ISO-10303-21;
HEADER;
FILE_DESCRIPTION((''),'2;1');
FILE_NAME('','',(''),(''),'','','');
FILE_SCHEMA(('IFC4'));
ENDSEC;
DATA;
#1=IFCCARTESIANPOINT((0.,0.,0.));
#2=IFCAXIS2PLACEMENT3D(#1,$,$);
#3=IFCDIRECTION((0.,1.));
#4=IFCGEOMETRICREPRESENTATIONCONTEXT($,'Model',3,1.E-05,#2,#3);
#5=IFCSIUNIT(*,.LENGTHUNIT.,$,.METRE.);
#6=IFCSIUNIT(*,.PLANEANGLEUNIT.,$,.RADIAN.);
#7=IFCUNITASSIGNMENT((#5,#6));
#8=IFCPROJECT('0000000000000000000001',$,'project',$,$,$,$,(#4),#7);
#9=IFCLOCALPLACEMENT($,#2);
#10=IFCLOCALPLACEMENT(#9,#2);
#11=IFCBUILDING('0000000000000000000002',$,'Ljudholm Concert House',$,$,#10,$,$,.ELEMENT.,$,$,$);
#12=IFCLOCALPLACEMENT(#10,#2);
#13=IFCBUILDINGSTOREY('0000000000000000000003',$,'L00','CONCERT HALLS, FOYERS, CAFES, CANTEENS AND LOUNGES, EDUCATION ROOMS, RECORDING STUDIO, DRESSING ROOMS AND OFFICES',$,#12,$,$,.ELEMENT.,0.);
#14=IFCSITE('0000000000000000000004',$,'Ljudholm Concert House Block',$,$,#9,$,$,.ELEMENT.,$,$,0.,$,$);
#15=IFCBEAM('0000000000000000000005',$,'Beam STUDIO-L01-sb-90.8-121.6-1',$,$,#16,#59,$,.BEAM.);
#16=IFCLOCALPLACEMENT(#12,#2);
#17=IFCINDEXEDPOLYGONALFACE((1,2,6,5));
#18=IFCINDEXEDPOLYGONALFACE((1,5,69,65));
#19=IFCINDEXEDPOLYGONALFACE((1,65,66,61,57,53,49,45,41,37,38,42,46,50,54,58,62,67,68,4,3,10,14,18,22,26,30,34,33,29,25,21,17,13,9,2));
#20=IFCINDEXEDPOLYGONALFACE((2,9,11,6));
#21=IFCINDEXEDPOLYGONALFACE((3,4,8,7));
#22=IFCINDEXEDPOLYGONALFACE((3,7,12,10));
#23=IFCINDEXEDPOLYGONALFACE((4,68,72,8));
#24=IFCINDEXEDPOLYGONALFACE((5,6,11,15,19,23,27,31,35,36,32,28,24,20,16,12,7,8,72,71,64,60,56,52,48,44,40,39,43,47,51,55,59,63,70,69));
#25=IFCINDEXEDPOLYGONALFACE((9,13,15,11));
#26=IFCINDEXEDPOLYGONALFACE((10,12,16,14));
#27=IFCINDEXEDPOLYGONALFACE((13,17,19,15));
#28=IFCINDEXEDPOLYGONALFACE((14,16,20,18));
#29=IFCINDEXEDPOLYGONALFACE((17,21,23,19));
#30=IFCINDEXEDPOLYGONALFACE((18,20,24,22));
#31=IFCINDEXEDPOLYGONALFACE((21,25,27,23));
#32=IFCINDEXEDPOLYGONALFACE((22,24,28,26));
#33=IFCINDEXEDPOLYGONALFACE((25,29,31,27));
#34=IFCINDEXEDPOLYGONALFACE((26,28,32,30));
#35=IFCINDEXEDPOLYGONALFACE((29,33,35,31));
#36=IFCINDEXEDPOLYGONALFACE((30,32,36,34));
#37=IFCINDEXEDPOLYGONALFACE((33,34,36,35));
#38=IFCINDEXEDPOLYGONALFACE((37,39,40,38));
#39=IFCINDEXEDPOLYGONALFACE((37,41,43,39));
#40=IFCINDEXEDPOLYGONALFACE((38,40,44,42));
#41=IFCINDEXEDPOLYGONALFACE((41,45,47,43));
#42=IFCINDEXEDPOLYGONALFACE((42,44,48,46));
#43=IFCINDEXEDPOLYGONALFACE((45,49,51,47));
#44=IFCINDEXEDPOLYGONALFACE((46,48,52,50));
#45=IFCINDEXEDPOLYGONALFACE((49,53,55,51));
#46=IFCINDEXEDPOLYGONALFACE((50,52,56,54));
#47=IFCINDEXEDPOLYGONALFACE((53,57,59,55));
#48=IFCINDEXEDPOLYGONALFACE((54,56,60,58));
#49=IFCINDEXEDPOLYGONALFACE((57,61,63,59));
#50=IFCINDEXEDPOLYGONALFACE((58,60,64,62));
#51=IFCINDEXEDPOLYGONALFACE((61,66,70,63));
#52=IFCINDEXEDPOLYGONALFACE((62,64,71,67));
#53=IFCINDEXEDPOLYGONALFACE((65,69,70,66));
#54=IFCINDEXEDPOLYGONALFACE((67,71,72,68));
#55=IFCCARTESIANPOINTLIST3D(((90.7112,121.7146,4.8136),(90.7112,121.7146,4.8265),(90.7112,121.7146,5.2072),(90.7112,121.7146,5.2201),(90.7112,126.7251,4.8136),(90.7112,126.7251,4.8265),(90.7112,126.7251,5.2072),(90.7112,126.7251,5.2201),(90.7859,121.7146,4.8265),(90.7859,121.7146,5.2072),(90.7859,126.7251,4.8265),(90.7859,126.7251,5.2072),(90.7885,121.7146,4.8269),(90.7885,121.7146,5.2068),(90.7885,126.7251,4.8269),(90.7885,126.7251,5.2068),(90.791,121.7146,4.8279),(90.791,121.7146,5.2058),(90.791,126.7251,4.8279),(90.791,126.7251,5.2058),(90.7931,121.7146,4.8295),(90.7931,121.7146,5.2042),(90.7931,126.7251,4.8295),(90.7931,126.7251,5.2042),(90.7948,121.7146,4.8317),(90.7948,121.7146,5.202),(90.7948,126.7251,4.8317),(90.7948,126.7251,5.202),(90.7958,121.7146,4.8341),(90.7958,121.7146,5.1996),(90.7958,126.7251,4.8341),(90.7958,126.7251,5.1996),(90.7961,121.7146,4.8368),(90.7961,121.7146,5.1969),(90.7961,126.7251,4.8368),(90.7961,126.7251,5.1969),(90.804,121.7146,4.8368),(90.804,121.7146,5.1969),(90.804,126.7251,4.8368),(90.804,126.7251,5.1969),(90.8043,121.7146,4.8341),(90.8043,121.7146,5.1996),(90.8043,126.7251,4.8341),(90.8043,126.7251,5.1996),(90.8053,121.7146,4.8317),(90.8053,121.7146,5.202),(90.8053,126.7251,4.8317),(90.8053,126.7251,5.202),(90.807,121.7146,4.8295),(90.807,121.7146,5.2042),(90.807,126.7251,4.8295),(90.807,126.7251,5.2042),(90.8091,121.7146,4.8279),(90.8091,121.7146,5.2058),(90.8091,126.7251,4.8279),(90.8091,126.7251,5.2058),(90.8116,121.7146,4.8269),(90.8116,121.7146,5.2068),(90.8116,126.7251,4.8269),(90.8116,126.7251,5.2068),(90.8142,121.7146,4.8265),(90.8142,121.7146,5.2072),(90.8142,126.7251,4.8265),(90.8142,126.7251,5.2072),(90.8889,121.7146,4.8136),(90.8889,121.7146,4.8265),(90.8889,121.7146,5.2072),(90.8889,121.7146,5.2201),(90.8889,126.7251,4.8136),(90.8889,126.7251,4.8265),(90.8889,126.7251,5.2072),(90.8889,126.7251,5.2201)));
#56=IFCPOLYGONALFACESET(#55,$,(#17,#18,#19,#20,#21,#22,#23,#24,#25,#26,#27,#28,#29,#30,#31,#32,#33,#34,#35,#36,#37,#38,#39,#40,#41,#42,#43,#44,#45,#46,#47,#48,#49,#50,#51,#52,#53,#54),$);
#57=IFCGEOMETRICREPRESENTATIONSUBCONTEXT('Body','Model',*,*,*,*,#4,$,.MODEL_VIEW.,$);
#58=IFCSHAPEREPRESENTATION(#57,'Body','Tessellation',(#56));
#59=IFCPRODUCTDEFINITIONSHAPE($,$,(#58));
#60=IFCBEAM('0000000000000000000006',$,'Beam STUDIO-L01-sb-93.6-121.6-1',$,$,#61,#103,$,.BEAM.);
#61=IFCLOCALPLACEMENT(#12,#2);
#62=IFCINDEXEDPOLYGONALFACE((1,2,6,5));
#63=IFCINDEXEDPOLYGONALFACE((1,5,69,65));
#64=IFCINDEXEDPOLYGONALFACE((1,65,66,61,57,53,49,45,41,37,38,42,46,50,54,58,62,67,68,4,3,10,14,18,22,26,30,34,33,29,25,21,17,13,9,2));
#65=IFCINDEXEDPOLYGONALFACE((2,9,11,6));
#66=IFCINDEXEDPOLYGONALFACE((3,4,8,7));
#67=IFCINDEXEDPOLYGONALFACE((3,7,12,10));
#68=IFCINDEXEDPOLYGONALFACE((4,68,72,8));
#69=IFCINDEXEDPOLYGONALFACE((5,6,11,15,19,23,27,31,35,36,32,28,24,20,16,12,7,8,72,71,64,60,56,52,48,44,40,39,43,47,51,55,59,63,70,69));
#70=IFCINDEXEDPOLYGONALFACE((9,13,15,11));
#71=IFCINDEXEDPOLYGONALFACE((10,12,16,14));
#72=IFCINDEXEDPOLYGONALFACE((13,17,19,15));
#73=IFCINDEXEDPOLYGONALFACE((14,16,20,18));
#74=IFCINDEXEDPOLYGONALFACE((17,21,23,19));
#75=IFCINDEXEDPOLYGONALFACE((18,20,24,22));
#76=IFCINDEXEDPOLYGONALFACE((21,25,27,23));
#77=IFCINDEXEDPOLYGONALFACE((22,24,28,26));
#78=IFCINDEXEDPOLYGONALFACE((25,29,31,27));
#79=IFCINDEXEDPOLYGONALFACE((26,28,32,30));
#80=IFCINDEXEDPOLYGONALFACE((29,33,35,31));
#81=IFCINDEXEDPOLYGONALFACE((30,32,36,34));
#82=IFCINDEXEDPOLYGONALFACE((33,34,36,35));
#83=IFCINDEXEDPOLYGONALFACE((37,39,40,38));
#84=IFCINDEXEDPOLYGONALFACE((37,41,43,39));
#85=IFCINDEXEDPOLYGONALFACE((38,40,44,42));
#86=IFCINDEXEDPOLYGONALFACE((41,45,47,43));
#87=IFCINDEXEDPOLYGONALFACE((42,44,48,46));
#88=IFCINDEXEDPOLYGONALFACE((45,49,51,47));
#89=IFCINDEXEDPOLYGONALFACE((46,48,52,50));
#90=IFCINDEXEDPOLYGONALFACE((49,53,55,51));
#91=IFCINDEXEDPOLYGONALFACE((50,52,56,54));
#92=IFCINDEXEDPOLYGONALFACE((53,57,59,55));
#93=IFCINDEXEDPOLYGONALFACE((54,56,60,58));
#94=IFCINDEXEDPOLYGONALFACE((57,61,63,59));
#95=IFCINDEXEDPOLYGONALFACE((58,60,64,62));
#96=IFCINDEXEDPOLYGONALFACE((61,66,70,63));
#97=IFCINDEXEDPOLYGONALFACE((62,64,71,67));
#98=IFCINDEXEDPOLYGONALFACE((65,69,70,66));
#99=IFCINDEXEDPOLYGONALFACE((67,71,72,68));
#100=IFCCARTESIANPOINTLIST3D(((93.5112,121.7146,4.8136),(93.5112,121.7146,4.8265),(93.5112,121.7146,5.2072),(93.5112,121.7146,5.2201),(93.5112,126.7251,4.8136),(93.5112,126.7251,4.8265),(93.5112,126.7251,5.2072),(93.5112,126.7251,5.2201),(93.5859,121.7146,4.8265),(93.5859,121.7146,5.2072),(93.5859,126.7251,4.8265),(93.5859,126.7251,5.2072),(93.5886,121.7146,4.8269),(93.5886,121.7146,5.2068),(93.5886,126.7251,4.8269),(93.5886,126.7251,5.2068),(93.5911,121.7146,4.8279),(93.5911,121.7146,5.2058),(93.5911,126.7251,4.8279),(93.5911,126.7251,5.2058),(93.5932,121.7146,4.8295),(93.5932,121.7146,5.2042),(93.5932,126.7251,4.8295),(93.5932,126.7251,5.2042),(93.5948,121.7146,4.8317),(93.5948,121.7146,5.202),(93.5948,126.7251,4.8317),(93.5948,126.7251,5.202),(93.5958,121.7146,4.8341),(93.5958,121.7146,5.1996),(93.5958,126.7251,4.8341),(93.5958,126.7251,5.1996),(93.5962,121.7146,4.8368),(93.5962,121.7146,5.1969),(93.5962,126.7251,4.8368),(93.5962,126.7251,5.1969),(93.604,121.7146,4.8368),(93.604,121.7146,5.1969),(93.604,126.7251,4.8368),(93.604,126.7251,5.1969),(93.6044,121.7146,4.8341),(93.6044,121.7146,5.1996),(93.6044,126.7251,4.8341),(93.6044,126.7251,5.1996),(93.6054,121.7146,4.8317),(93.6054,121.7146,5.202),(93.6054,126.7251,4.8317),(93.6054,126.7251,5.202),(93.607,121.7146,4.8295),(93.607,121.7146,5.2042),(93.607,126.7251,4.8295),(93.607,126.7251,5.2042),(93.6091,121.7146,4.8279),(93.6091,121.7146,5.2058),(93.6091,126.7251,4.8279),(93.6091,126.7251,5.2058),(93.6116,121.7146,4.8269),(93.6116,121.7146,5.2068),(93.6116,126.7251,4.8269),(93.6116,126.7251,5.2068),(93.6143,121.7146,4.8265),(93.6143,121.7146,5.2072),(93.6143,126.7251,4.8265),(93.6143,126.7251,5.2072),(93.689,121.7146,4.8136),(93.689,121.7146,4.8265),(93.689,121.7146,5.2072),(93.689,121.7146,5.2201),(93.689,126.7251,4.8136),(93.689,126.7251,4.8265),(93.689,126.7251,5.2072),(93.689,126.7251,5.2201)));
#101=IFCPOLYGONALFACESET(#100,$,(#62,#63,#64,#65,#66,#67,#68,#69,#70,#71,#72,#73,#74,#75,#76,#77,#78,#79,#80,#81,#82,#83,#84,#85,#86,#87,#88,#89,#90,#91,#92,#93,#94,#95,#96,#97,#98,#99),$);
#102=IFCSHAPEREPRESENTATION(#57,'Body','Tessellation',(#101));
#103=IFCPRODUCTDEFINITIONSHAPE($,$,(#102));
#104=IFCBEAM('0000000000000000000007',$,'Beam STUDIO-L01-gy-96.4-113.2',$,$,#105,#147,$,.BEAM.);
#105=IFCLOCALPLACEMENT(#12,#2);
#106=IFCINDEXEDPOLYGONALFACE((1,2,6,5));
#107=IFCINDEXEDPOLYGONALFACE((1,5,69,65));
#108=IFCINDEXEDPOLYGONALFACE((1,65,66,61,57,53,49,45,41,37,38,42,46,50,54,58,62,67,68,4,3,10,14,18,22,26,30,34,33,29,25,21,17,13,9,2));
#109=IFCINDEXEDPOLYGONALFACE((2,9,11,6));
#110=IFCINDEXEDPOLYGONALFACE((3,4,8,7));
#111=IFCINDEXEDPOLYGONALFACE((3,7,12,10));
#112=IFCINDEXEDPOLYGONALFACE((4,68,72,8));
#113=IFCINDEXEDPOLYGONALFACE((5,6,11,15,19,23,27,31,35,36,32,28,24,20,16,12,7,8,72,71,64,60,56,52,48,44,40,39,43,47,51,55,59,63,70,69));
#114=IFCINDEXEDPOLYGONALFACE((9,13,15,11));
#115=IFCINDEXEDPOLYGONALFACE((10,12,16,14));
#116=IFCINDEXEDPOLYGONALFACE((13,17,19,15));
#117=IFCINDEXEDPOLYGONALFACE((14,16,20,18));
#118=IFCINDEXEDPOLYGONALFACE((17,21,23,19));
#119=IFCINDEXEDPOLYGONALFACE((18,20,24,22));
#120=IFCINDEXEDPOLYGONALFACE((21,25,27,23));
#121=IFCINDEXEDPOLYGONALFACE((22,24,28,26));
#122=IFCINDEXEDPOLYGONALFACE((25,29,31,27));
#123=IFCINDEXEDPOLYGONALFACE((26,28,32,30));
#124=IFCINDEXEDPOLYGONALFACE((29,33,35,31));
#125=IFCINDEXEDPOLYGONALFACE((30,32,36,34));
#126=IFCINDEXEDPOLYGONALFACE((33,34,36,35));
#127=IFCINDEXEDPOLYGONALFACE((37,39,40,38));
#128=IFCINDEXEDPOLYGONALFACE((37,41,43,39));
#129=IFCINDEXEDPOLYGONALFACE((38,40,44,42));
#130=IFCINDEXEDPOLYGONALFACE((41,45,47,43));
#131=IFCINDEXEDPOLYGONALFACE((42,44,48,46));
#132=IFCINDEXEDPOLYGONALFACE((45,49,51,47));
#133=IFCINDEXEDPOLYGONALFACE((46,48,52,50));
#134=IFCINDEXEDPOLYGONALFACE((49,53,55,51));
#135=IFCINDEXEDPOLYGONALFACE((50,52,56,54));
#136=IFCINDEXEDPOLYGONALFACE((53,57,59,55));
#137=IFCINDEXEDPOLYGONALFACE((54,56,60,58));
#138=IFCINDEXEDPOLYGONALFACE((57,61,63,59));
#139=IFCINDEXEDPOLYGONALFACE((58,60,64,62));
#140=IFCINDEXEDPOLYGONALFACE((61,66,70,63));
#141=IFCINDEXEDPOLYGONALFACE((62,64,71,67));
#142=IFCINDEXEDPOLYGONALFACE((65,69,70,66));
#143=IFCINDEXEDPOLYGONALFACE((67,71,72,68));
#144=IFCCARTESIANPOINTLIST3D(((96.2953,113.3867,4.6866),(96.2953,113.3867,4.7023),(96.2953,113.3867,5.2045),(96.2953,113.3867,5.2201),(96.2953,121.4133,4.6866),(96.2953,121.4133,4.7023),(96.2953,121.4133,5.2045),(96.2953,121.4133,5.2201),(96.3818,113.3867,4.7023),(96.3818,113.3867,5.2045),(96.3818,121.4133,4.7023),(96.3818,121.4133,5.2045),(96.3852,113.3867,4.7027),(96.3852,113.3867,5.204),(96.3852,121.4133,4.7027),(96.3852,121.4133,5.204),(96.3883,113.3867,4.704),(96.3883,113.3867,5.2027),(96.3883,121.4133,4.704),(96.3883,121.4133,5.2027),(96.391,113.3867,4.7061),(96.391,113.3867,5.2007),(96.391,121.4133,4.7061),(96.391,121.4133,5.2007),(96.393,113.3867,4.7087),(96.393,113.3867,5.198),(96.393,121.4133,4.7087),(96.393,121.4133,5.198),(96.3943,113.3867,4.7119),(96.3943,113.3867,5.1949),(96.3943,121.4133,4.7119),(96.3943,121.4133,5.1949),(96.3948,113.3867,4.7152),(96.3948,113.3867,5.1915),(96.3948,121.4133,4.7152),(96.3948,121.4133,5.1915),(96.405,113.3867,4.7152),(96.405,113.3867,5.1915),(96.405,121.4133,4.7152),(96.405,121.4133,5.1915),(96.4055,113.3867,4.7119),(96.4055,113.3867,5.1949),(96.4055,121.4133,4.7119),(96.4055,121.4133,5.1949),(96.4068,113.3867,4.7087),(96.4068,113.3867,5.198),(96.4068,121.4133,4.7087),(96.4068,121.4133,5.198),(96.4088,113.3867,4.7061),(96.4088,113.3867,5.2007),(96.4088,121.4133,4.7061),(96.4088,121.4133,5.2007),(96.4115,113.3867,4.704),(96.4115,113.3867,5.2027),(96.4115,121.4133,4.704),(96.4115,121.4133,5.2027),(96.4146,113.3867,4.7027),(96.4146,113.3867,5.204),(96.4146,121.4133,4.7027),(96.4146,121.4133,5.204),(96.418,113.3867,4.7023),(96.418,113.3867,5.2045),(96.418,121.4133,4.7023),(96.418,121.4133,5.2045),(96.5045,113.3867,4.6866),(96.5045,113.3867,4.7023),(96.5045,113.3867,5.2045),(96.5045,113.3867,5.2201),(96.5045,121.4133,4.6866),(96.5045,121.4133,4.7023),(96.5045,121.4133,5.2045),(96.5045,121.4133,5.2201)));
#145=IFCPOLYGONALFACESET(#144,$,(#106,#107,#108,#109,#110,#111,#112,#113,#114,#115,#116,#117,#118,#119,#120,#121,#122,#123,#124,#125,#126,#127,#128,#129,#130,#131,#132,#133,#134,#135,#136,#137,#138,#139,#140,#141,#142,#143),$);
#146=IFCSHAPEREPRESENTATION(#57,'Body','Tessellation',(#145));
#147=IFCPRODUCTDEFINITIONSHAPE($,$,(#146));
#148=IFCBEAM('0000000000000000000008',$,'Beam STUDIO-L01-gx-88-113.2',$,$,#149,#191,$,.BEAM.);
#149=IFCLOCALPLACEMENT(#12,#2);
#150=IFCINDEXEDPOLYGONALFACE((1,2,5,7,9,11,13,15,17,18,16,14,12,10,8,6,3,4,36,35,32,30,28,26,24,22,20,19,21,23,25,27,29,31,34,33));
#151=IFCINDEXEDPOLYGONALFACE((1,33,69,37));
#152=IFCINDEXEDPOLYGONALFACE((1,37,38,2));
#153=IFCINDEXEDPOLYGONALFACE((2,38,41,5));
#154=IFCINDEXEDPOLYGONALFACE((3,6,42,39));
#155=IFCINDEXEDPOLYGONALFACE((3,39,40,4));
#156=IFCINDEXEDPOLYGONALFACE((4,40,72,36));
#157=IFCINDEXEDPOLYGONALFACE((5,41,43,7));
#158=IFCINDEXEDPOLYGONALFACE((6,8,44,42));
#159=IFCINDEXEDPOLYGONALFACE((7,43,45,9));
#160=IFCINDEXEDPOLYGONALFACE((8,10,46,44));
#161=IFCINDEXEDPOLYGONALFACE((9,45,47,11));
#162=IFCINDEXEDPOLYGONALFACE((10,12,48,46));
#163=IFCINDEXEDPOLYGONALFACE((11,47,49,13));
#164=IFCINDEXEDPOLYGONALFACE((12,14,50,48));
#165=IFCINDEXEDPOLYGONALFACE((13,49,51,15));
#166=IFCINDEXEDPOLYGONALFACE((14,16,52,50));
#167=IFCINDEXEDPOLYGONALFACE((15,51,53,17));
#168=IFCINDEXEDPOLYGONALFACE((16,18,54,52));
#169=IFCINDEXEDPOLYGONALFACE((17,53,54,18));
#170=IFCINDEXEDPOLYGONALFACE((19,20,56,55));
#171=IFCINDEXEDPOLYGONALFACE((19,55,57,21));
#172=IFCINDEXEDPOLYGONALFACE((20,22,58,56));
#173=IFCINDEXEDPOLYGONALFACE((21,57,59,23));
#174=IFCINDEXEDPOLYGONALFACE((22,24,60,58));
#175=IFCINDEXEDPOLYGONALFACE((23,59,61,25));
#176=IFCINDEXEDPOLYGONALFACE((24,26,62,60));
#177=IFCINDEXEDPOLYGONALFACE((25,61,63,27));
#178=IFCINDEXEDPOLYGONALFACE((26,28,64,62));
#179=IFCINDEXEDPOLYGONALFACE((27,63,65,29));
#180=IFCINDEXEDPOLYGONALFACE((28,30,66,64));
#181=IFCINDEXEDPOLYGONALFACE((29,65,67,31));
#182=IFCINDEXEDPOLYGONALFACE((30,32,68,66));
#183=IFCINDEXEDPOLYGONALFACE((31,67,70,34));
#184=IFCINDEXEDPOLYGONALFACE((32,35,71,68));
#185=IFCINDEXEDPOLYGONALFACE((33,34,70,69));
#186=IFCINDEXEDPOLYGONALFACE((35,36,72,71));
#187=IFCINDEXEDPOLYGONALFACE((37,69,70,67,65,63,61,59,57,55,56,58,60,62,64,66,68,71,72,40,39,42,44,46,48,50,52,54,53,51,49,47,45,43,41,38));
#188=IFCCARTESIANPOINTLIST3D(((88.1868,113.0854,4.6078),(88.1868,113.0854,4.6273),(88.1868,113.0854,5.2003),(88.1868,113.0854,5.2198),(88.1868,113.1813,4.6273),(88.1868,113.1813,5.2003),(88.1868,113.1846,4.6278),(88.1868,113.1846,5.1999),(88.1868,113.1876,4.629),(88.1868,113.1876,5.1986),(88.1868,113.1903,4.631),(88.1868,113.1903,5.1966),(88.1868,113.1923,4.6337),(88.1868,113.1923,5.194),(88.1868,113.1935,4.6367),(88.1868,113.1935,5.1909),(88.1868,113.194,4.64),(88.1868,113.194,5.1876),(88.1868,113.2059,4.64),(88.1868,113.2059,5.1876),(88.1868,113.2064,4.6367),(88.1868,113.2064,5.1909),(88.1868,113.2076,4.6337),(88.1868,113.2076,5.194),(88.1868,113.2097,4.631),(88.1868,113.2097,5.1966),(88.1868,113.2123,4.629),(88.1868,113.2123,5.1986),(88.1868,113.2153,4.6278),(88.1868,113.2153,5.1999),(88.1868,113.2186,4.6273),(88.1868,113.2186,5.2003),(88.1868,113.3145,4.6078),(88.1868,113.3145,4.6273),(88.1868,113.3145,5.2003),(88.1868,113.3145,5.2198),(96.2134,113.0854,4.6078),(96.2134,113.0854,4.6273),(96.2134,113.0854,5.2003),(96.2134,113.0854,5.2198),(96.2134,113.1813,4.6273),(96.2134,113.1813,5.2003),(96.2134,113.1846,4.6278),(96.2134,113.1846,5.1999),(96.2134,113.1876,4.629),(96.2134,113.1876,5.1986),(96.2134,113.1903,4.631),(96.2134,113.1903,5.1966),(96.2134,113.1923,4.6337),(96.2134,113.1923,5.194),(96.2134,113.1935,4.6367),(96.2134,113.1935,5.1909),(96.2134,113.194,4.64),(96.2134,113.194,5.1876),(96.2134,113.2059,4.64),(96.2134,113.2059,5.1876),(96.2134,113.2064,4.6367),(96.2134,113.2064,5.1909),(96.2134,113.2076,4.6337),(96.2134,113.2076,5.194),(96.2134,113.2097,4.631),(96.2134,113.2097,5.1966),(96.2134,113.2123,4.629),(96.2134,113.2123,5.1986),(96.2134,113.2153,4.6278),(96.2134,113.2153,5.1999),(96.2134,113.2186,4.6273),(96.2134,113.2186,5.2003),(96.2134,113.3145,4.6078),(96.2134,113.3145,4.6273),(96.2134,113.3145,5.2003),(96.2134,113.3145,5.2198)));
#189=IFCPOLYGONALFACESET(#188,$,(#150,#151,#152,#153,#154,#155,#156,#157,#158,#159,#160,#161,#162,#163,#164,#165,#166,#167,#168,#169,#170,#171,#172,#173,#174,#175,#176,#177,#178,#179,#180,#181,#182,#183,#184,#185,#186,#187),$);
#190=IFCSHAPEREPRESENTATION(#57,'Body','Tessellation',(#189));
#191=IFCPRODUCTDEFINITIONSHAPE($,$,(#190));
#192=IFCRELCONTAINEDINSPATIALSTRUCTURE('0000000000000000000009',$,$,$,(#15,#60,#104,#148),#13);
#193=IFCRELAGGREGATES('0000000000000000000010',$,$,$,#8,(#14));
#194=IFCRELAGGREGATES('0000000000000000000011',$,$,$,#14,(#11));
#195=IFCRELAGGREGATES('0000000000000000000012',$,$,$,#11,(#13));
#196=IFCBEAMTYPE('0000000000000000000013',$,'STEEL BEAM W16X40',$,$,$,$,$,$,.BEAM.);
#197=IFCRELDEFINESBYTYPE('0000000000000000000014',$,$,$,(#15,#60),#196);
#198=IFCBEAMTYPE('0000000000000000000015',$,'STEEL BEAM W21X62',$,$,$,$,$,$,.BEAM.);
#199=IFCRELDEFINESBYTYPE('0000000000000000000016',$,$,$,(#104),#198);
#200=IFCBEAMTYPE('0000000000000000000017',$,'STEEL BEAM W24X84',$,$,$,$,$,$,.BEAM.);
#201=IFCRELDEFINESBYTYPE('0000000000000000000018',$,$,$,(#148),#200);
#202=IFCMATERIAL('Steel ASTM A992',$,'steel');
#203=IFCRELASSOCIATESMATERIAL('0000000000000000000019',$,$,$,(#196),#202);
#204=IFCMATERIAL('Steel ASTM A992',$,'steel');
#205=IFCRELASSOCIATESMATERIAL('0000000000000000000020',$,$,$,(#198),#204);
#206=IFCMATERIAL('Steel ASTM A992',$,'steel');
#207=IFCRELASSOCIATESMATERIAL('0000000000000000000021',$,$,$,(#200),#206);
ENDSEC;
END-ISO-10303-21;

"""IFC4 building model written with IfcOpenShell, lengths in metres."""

from ifc_helpers import new_model, si_unit, direction, frame, origin, origin_2d, place, context, subcontext, project, spatial, i_section, extrude, material, material_profile, profile_set, type_object, element, save


model = new_model("IFC4")

# Units and contexts
model_context = context("Model", 3, precision=1e-05, world=origin(), true_north=direction((0.0, 1.0)))
body_context = subcontext(model_context, "Body", "Model", "MODEL_VIEW")
ifc_project = project(units=[si_unit("LENGTHUNIT", "METRE"), si_unit("PLANEANGLEUNIT", "RADIAN")], contexts=[model_context])

# Site, building, storey
site_placement = place(None, origin())
site = spatial("IfcSite", under=ifc_project, at=site_placement, Name="Ljudholm Concert House Block", CompositionType="ELEMENT", RefElevation=0.0)
building_placement = place(site_placement, origin())
building = spatial("IfcBuilding", under=site, at=building_placement, Name="Ljudholm Concert House", CompositionType="ELEMENT")
storey_placement = place(building_placement, origin())
storey = spatial("IfcBuildingStorey", under=building, at=storey_placement, Name="L00", Description="CONCERT HALLS, FOYERS, CAFES, CANTEENS AND LOUNGES, EDUCATION ROOMS, RECORDING STUDIO, DRESSING ROOMS AND OFFICES", CompositionType="ELEMENT", Elevation=0.0)

# Beams
ifc_material_1 = material(Name="Steel ASTM A992", Category="steel")
ifc_material_profile_1 = material_profile(ifc_material_1, i_section(OverallWidth=0.1777, OverallDepth=0.4065, WebThickness=0.0078, FlangeThickness=0.0129, FilletRadius=0.0103, at=origin_2d()), Name="W16X40")
ifc_profile_set_1 = profile_set([ifc_material_profile_1], Name="Steel ASTM A992")
beam_type_1 = type_object("IfcBeamType", Name="STEEL BEAM W16X40", PredefinedType="BEAM", material=ifc_profile_set_1)
for number, where, z_axis, x_axis, name in (
    (1, (90.8, 121.7146, 5.0168), (0.0, 1.0, 0.0), (-1.0, 0.0, 0.0), "Beam STUDIO-L01-sb-90.8-121.6-1"),
    (2, (93.6001, 121.7146, 5.0168), (0.0, 1.0, 0.0), (-1.0, 0.0, 0.0), "Beam STUDIO-L01-sb-93.6-121.6-1"),
):
    element("IfcBeam", number, at=place(storey_placement, frame(where, z_axis=z_axis, x_axis=x_axis)), inside=storey, type_object=beam_type_1, Name=name, PredefinedType="BEAM", context=body_context, shape_type="SweptSolid", body=[
        extrude(i_section(OverallWidth=0.1777, OverallDepth=0.4065, WebThickness=0.0078, FlangeThickness=0.0129, FilletRadius=0.0103, at=origin_2d()), origin(), (0.0, 0.0, 1.0), 5.0105),
    ])
ifc_material_2 = material(Name="Steel ASTM A992", Category="steel")
ifc_material_profile_2 = material_profile(ifc_material_2, i_section(OverallWidth=0.2092, OverallDepth=0.5334, WebThickness=0.0103, FlangeThickness=0.0156, FilletRadius=0.0129, at=origin_2d()), Name="W21X62")
ifc_profile_set_2 = profile_set([ifc_material_profile_2], Name="Steel ASTM A992")
beam_type_2 = type_object("IfcBeamType", Name="STEEL BEAM W21X62", PredefinedType="BEAM", material=ifc_profile_set_2)
beam_placement = place(storey_placement, frame((96.3999, 113.3867, 4.9534), z_axis=(0.0, 1.0, 0.0), x_axis=(-1.0, 0.0, 0.0)))
element("IfcBeam", 3, at=beam_placement, inside=storey, type_object=beam_type_2, Name="Beam STUDIO-L01-gy-96.4-113.2", PredefinedType="BEAM", context=body_context, shape_type="SweptSolid", body=[
    extrude(i_section(OverallWidth=0.2092, OverallDepth=0.5334, WebThickness=0.0103, FlangeThickness=0.0156, FilletRadius=0.0129, at=origin_2d()), origin(), (0.0, 0.0, 1.0), 8.0266),
])
ifc_material_3 = material(Name="Steel ASTM A992", Category="steel")
ifc_material_profile_3 = material_profile(ifc_material_3, i_section(OverallWidth=0.229, OverallDepth=0.6121, WebThickness=0.012, FlangeThickness=0.0195, FilletRadius=0.0127, at=origin_2d()), Name="W24X84")
ifc_profile_set_3 = profile_set([ifc_material_profile_3], Name="Steel ASTM A992")
beam_type_3 = type_object("IfcBeamType", Name="STEEL BEAM W24X84", PredefinedType="BEAM", material=ifc_profile_set_3)
for number, where, z_axis, x_axis, name in (
    (4, (88.1868, 113.2, 4.9138), (1.0, 0.0, 0.0), (0.0, 1.0, 0.0), "Beam STUDIO-L01-gx-88-113.2"),
):
    element("IfcBeam", number, at=place(storey_placement, frame(where, z_axis=z_axis, x_axis=x_axis)), inside=storey, type_object=beam_type_3, Name=name, PredefinedType="BEAM", context=body_context, shape_type="SweptSolid", body=[
        extrude(i_section(OverallWidth=0.229, OverallDepth=0.6121, WebThickness=0.012, FlangeThickness=0.0195, FilletRadius=0.0127, at=origin_2d()), origin(), (0.0, 0.0, 1.0), 8.0266),
    ])

save(model, "model.ifc")
